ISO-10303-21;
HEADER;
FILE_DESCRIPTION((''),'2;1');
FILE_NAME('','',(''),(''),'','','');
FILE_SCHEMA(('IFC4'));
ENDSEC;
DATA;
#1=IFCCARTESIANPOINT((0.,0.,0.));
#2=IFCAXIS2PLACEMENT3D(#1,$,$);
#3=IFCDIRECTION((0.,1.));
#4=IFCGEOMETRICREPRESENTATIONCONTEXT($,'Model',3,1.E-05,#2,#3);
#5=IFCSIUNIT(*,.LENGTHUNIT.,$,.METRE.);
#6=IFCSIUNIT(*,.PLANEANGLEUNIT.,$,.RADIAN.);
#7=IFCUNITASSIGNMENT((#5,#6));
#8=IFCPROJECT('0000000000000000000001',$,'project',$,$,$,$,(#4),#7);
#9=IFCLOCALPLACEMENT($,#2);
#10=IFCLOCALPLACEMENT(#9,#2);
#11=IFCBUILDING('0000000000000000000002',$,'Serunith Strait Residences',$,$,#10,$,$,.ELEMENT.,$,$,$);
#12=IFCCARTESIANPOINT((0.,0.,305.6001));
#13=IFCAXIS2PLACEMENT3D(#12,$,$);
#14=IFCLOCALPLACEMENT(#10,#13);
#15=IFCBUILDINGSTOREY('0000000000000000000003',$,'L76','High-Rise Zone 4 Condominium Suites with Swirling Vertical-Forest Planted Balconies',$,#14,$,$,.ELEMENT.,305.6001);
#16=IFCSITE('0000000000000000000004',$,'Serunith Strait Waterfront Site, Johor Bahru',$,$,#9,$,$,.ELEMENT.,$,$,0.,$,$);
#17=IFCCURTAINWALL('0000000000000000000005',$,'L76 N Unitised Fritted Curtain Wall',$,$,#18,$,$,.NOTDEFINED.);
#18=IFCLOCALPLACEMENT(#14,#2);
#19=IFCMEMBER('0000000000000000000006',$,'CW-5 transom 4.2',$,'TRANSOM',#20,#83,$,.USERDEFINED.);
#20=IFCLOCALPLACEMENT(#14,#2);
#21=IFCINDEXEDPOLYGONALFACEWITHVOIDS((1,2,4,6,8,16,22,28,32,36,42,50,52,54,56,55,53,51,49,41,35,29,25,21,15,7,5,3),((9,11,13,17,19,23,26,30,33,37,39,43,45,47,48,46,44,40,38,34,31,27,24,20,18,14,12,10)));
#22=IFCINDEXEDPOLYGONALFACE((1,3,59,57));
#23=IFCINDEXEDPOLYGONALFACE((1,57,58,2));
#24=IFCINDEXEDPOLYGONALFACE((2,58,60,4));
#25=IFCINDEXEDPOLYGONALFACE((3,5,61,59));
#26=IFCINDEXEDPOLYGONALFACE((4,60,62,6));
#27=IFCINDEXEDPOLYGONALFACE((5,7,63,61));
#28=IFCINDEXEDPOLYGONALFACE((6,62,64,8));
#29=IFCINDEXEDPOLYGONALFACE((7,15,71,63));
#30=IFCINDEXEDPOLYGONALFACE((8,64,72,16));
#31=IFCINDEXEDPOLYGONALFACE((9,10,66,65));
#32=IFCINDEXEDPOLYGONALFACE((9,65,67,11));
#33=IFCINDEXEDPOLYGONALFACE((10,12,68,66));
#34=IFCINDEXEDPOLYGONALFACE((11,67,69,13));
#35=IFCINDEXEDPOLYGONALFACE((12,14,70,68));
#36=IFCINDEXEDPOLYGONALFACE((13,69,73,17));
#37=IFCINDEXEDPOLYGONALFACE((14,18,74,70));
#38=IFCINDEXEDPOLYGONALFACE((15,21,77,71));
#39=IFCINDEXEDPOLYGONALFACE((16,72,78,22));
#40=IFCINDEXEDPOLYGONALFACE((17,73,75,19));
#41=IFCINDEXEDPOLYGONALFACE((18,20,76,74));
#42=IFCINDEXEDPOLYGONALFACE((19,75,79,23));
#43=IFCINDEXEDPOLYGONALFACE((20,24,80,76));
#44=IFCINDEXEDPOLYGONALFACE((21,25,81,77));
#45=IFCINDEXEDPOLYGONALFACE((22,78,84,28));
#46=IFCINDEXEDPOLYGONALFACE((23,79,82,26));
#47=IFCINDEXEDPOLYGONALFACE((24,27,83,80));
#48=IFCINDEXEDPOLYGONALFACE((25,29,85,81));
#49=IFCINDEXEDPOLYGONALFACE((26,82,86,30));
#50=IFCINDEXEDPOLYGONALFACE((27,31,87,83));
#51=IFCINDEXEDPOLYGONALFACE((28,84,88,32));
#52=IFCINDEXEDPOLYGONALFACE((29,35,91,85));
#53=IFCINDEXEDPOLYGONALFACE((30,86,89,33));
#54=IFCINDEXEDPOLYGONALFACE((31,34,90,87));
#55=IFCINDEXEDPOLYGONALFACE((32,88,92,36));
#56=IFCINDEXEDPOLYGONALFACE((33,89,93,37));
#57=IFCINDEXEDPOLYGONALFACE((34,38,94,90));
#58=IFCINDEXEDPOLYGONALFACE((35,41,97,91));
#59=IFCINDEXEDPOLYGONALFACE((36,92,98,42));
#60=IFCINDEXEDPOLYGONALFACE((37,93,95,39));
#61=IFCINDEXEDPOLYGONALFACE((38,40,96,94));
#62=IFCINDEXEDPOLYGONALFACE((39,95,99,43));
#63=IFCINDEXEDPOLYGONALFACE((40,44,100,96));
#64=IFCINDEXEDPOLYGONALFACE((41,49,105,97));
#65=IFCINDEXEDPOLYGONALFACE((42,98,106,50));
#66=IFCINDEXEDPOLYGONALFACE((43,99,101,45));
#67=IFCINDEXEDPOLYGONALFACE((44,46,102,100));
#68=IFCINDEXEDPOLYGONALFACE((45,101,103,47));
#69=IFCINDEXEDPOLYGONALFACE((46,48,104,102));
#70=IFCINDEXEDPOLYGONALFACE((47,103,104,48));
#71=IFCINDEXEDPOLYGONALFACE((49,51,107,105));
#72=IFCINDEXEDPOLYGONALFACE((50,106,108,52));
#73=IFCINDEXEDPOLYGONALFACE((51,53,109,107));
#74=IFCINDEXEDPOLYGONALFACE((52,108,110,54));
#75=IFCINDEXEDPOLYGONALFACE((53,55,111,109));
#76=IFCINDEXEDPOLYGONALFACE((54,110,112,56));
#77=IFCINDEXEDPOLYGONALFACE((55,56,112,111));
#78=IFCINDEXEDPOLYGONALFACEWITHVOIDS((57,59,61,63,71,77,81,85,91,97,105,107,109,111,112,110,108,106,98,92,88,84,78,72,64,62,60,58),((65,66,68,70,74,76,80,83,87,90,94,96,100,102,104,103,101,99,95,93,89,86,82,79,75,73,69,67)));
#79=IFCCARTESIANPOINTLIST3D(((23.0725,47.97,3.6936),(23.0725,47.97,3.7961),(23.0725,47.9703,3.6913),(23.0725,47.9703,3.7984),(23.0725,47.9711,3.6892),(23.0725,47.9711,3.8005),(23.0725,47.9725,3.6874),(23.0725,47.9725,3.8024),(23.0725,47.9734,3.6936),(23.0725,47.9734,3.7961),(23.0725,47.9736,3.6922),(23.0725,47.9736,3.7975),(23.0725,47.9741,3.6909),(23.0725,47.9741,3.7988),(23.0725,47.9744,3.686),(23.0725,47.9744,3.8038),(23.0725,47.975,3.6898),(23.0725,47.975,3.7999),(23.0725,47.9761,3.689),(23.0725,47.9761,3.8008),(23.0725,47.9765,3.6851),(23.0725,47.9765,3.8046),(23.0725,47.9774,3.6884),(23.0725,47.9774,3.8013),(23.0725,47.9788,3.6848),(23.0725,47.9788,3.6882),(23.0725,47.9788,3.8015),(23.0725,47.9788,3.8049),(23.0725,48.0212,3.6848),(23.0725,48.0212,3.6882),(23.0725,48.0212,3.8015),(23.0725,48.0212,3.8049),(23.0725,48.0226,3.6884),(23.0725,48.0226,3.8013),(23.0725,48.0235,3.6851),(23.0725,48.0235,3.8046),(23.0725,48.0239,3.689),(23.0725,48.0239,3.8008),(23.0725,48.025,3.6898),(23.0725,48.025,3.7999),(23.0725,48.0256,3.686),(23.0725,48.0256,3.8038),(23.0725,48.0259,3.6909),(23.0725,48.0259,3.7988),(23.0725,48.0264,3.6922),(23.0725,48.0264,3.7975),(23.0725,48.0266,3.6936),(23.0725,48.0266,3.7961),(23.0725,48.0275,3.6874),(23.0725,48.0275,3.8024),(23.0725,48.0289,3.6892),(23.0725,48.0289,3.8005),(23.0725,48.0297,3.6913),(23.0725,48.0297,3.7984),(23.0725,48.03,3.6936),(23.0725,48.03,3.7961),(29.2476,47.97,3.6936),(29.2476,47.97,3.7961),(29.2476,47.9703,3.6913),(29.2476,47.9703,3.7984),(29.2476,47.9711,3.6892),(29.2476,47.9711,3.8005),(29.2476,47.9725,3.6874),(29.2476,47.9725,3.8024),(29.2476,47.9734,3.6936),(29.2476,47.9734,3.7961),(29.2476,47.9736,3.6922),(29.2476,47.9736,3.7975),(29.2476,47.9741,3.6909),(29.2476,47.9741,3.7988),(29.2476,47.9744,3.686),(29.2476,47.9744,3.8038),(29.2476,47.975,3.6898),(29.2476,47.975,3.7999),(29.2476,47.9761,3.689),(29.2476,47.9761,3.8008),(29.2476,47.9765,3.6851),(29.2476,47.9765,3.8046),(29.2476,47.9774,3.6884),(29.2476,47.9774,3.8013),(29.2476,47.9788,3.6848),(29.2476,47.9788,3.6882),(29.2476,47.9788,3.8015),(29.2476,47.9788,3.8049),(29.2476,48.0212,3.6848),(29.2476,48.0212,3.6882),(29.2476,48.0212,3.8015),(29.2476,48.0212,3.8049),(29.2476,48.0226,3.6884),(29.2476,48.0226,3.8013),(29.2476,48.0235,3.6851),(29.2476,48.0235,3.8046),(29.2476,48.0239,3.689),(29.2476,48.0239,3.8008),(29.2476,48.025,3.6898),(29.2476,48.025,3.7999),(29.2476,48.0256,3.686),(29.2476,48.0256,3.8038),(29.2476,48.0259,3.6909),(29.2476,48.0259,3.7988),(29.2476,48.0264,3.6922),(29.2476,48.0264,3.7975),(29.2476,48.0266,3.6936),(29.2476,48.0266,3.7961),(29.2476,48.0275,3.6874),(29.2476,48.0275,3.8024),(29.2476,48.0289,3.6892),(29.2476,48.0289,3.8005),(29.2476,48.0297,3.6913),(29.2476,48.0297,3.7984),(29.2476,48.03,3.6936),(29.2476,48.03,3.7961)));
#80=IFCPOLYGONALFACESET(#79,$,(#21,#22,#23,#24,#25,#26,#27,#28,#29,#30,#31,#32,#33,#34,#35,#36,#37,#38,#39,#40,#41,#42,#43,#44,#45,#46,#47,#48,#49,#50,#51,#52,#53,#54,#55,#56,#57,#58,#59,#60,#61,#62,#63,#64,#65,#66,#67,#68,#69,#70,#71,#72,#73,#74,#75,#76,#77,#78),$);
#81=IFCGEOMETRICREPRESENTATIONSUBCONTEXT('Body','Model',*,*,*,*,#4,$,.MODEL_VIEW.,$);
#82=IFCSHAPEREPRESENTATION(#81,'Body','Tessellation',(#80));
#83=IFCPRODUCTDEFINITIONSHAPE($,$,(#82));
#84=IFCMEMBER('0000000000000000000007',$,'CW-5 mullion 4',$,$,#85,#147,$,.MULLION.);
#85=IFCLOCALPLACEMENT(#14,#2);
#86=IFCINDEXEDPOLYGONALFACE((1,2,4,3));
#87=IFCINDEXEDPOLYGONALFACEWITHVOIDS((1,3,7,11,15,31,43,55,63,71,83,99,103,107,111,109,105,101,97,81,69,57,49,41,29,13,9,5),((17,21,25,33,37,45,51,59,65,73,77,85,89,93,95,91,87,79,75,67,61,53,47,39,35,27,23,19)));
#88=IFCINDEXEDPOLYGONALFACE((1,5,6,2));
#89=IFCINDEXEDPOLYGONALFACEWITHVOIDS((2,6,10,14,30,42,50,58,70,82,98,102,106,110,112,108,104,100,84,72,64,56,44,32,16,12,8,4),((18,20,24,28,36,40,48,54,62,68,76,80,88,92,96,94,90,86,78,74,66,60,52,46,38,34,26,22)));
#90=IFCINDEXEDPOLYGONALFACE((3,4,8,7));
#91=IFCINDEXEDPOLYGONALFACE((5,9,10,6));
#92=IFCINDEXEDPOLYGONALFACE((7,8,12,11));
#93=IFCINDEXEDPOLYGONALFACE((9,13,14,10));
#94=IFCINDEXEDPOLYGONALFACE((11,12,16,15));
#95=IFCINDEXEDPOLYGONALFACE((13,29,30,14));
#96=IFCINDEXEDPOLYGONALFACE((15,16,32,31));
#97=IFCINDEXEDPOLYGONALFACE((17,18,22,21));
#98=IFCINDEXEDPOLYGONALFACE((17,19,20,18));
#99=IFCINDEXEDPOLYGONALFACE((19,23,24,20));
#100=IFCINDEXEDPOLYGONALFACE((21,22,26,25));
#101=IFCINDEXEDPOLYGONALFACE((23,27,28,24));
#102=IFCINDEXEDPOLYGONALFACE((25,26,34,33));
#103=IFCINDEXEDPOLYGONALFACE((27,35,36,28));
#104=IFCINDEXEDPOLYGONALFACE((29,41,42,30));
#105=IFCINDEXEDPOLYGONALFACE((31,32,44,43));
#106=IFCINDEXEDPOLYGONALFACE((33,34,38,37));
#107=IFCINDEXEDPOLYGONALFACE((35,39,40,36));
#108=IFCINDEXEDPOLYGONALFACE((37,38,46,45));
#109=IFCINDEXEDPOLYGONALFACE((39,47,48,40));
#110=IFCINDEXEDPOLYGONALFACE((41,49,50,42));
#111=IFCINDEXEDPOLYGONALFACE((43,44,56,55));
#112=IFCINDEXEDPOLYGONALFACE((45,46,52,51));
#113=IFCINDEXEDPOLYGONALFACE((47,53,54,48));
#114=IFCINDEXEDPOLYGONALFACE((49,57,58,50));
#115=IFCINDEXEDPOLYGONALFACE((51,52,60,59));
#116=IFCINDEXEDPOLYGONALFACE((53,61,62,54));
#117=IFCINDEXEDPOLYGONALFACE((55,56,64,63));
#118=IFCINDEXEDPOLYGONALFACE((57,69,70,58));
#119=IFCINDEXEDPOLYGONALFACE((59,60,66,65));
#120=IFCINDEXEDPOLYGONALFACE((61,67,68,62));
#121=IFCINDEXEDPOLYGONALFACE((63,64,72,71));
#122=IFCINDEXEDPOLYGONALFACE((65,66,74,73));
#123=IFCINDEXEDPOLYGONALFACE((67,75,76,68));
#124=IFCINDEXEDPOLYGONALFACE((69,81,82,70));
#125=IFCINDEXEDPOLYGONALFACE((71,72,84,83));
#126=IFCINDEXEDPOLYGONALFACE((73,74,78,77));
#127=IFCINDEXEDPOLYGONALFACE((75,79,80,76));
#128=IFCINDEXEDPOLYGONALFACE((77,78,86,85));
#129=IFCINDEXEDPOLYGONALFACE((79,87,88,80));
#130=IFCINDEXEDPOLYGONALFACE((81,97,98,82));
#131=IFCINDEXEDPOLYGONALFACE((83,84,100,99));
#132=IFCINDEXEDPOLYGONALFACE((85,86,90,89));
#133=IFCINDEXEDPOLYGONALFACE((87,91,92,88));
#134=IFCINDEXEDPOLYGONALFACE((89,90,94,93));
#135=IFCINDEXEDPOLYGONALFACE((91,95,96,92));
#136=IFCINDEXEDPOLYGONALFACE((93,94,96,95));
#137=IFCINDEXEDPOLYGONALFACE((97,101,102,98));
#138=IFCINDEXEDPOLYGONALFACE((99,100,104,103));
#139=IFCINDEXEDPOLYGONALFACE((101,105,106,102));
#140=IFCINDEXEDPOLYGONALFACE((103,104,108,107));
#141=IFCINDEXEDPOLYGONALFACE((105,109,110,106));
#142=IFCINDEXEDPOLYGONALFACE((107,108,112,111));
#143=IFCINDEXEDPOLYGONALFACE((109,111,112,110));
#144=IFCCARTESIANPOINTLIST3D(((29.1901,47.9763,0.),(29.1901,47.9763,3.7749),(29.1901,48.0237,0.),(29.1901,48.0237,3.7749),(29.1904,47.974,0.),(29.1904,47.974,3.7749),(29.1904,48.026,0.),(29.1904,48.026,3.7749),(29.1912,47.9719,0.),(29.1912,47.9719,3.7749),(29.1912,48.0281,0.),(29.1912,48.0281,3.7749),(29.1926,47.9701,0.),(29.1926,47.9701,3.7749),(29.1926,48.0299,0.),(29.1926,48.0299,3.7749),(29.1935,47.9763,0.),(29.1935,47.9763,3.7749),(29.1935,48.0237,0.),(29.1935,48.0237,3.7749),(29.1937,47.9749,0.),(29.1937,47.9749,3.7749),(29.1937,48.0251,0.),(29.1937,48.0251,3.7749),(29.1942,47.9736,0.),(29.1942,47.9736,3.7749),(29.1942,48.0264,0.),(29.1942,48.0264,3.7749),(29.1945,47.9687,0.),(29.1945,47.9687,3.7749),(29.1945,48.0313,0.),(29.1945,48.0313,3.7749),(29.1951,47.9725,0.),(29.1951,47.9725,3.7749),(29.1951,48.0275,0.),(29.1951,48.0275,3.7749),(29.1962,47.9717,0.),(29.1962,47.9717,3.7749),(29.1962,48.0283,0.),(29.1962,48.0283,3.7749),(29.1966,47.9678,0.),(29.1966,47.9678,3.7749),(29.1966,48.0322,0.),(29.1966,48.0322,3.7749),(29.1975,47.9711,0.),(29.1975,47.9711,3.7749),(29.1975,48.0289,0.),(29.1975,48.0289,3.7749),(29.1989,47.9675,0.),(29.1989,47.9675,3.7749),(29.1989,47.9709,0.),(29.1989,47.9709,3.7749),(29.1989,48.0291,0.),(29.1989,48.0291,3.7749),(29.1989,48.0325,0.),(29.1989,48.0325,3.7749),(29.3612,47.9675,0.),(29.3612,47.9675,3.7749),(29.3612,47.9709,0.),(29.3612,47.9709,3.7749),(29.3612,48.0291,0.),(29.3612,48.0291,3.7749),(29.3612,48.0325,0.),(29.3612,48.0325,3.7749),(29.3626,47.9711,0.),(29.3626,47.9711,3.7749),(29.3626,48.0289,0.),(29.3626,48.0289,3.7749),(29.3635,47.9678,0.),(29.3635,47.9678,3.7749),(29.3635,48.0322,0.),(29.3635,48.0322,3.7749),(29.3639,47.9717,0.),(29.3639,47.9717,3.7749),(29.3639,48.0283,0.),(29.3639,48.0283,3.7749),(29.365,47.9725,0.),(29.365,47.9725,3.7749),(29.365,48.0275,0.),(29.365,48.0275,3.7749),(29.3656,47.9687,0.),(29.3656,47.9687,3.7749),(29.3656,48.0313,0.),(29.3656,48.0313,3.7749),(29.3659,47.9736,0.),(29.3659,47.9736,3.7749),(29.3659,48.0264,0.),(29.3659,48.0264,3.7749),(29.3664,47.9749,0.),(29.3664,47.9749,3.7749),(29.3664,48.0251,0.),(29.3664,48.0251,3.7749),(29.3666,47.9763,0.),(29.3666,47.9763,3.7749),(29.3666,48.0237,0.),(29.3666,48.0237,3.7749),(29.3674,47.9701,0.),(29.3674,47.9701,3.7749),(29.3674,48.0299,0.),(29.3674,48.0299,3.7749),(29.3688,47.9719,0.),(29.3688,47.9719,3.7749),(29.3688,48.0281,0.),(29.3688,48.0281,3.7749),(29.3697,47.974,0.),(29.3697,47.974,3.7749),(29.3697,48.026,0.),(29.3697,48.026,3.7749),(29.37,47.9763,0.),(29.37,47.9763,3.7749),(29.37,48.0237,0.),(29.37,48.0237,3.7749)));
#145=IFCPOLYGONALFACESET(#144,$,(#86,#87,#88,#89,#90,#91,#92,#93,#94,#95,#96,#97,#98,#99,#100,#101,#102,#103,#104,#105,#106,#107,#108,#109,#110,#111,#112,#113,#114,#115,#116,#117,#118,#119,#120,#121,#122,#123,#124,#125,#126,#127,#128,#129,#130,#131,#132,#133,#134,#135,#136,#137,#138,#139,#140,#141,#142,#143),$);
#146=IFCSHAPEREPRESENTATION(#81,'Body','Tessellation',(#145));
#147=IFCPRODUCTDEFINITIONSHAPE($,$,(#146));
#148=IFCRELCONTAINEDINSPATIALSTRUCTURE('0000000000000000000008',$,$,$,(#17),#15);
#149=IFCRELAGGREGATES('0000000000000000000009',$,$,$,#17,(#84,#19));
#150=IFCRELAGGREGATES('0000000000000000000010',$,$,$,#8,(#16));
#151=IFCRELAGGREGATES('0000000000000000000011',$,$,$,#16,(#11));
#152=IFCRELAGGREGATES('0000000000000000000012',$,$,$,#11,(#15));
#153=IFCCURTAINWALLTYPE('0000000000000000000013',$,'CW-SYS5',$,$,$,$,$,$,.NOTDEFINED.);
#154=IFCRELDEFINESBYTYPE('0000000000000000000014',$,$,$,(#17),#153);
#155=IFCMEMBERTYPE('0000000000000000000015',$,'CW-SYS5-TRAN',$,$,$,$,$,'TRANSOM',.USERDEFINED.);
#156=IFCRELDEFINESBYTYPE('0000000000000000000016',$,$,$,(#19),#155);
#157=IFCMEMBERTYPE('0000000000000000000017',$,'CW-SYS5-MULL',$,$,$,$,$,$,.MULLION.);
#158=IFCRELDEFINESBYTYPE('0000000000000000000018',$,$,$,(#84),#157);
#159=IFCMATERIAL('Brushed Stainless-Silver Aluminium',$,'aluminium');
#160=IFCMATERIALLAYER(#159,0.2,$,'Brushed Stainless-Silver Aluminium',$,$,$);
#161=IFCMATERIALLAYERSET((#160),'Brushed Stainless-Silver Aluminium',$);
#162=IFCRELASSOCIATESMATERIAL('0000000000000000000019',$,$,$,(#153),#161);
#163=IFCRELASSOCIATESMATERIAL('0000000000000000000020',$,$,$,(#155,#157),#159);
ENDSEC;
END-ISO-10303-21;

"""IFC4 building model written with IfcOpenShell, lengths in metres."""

from ifc_helpers import new_model, si_unit, direction, frame, origin, origin_2d, place, context, subcontext, project, spatial, hollow_rectangle, extrude, source, transform, mapped, material, layer, layer_set, material_profile, profile_set, type_object, element, aggregate, save


model = new_model("IFC4")

# Units and contexts
model_context = context("Model", 3, precision=1e-05, world=origin(), true_north=direction((0.0, 1.0)))
body_context = subcontext(model_context, "Body", "Model", "MODEL_VIEW")
ifc_project = project(units=[si_unit("LENGTHUNIT", "METRE"), si_unit("PLANEANGLEUNIT", "RADIAN")], contexts=[model_context])

# Site, building, storey
site_placement = place(None, origin())
site = spatial("IfcSite", under=ifc_project, at=site_placement, Name="Serunith Strait Waterfront Site, Johor Bahru", CompositionType="ELEMENT", RefElevation=0.0)
building_placement = place(site_placement, origin())
building = spatial("IfcBuilding", under=site, at=building_placement, Name="Serunith Strait Residences", CompositionType="ELEMENT")
storey_placement = place(building_placement, frame((0.0, 0.0, 305.6001)))
storey = spatial("IfcBuildingStorey", under=building, at=storey_placement, Name="L76", Description="High-Rise Zone 4 Condominium Suites with Swirling Vertical-Forest Planted Balconies", CompositionType="ELEMENT", Elevation=305.6001)

# Curtain wall, members
ifc_material_1 = material(Name="Brushed Stainless-Silver Aluminium", Category="aluminium")
ifc_layer_1 = layer(ifc_material_1, 0.2, Name="Brushed Stainless-Silver Aluminium")
ifc_layer_set_1 = layer_set([ifc_layer_1], Name="Brushed Stainless-Silver Aluminium")
curtain_wall_type = type_object("IfcCurtainWallType", Name="CW-SYS5", PredefinedType="NOTDEFINED", material=ifc_layer_set_1)
curtain_wall_placement = place(storey_placement, origin())
curtain_wall = element("IfcCurtainWall", 1, at=curtain_wall_placement, inside=storey, type_object=curtain_wall_type, Name="L76 N Unitised Fritted Curtain Wall", PredefinedType="NOTDEFINED")
ifc_material_profile_1 = material_profile(ifc_material_1, hollow_rectangle(XDim=0.0601, YDim=0.1201, WallThickness=0.0034, InnerFilletRadius=0.0054, OuterFilletRadius=0.0088, at=origin_2d()), Name="ALU 120x60x3.5")
ifc_profile_set_1 = profile_set([ifc_material_profile_1], Name="Brushed Stainless-Silver Aluminium")
member_type_1 = type_object("IfcMemberType", Name="CW-SYS5-TRAN", ElementType="TRANSOM", PredefinedType="USERDEFINED", material=ifc_profile_set_1)
shared_shape_1 = source(origin(), body_context, "Body", "SweptSolid", [
    extrude(hollow_rectangle(XDim=0.0601, YDim=0.1201, WallThickness=0.0034, InnerFilletRadius=0.0054, OuterFilletRadius=0.0088, at=origin_2d()), origin(), (0.0, 0.0, 1.0), 6.175),
])
member_1_placement = place(storey_placement, frame((29.2476, 48.0, 3.7449), z_axis=(-1.0, 0.0, 0.0), x_axis=(0.0, -1.0, 0.0)))
member_1 = element("IfcMember", 2, at=member_1_placement, type_object=member_type_1, Name="CW-5 transom 4.2", ObjectType="TRANSOM", PredefinedType="USERDEFINED", context=body_context, shape_type="MappedRepresentation", body=[
    mapped(shared_shape_1, transform((0.0, 0.0, 0.0), scale=1.0)),
])
ifc_material_profile_2 = material_profile(ifc_material_1, hollow_rectangle(XDim=0.0649, YDim=0.1799, WallThickness=0.0034, InnerFilletRadius=0.0054, OuterFilletRadius=0.0088, at=origin_2d()), Name="ALU 180x65x3.5")
ifc_profile_set_2 = profile_set([ifc_material_profile_2], Name="Brushed Stainless-Silver Aluminium")
member_type_2 = type_object("IfcMemberType", Name="CW-SYS5-MULL", PredefinedType="MULLION", material=ifc_profile_set_2)
shared_shape_2 = source(origin(), body_context, "Body", "SweptSolid", [
    extrude(hollow_rectangle(XDim=0.0649, YDim=0.1799, WallThickness=0.0034, InnerFilletRadius=0.0054, OuterFilletRadius=0.0088, at=origin_2d()), origin(), (0.0, 0.0, 1.0), 3.7749),
])
member_2_placement = place(storey_placement, frame((29.28, 48.0, 0.0), z_axis=(0.0, 0.0, 1.0), x_axis=(0.0, -1.0, 0.0)))
member_2 = element("IfcMember", 3, at=member_2_placement, type_object=member_type_2, Name="CW-5 mullion 4", PredefinedType="MULLION", context=body_context, shape_type="MappedRepresentation", body=[
    mapped(shared_shape_2, transform((0.0, 0.0, 0.0), scale=1.0)),
])
aggregate(curtain_wall, [member_2, member_1])

save(model, "model.ifc")
